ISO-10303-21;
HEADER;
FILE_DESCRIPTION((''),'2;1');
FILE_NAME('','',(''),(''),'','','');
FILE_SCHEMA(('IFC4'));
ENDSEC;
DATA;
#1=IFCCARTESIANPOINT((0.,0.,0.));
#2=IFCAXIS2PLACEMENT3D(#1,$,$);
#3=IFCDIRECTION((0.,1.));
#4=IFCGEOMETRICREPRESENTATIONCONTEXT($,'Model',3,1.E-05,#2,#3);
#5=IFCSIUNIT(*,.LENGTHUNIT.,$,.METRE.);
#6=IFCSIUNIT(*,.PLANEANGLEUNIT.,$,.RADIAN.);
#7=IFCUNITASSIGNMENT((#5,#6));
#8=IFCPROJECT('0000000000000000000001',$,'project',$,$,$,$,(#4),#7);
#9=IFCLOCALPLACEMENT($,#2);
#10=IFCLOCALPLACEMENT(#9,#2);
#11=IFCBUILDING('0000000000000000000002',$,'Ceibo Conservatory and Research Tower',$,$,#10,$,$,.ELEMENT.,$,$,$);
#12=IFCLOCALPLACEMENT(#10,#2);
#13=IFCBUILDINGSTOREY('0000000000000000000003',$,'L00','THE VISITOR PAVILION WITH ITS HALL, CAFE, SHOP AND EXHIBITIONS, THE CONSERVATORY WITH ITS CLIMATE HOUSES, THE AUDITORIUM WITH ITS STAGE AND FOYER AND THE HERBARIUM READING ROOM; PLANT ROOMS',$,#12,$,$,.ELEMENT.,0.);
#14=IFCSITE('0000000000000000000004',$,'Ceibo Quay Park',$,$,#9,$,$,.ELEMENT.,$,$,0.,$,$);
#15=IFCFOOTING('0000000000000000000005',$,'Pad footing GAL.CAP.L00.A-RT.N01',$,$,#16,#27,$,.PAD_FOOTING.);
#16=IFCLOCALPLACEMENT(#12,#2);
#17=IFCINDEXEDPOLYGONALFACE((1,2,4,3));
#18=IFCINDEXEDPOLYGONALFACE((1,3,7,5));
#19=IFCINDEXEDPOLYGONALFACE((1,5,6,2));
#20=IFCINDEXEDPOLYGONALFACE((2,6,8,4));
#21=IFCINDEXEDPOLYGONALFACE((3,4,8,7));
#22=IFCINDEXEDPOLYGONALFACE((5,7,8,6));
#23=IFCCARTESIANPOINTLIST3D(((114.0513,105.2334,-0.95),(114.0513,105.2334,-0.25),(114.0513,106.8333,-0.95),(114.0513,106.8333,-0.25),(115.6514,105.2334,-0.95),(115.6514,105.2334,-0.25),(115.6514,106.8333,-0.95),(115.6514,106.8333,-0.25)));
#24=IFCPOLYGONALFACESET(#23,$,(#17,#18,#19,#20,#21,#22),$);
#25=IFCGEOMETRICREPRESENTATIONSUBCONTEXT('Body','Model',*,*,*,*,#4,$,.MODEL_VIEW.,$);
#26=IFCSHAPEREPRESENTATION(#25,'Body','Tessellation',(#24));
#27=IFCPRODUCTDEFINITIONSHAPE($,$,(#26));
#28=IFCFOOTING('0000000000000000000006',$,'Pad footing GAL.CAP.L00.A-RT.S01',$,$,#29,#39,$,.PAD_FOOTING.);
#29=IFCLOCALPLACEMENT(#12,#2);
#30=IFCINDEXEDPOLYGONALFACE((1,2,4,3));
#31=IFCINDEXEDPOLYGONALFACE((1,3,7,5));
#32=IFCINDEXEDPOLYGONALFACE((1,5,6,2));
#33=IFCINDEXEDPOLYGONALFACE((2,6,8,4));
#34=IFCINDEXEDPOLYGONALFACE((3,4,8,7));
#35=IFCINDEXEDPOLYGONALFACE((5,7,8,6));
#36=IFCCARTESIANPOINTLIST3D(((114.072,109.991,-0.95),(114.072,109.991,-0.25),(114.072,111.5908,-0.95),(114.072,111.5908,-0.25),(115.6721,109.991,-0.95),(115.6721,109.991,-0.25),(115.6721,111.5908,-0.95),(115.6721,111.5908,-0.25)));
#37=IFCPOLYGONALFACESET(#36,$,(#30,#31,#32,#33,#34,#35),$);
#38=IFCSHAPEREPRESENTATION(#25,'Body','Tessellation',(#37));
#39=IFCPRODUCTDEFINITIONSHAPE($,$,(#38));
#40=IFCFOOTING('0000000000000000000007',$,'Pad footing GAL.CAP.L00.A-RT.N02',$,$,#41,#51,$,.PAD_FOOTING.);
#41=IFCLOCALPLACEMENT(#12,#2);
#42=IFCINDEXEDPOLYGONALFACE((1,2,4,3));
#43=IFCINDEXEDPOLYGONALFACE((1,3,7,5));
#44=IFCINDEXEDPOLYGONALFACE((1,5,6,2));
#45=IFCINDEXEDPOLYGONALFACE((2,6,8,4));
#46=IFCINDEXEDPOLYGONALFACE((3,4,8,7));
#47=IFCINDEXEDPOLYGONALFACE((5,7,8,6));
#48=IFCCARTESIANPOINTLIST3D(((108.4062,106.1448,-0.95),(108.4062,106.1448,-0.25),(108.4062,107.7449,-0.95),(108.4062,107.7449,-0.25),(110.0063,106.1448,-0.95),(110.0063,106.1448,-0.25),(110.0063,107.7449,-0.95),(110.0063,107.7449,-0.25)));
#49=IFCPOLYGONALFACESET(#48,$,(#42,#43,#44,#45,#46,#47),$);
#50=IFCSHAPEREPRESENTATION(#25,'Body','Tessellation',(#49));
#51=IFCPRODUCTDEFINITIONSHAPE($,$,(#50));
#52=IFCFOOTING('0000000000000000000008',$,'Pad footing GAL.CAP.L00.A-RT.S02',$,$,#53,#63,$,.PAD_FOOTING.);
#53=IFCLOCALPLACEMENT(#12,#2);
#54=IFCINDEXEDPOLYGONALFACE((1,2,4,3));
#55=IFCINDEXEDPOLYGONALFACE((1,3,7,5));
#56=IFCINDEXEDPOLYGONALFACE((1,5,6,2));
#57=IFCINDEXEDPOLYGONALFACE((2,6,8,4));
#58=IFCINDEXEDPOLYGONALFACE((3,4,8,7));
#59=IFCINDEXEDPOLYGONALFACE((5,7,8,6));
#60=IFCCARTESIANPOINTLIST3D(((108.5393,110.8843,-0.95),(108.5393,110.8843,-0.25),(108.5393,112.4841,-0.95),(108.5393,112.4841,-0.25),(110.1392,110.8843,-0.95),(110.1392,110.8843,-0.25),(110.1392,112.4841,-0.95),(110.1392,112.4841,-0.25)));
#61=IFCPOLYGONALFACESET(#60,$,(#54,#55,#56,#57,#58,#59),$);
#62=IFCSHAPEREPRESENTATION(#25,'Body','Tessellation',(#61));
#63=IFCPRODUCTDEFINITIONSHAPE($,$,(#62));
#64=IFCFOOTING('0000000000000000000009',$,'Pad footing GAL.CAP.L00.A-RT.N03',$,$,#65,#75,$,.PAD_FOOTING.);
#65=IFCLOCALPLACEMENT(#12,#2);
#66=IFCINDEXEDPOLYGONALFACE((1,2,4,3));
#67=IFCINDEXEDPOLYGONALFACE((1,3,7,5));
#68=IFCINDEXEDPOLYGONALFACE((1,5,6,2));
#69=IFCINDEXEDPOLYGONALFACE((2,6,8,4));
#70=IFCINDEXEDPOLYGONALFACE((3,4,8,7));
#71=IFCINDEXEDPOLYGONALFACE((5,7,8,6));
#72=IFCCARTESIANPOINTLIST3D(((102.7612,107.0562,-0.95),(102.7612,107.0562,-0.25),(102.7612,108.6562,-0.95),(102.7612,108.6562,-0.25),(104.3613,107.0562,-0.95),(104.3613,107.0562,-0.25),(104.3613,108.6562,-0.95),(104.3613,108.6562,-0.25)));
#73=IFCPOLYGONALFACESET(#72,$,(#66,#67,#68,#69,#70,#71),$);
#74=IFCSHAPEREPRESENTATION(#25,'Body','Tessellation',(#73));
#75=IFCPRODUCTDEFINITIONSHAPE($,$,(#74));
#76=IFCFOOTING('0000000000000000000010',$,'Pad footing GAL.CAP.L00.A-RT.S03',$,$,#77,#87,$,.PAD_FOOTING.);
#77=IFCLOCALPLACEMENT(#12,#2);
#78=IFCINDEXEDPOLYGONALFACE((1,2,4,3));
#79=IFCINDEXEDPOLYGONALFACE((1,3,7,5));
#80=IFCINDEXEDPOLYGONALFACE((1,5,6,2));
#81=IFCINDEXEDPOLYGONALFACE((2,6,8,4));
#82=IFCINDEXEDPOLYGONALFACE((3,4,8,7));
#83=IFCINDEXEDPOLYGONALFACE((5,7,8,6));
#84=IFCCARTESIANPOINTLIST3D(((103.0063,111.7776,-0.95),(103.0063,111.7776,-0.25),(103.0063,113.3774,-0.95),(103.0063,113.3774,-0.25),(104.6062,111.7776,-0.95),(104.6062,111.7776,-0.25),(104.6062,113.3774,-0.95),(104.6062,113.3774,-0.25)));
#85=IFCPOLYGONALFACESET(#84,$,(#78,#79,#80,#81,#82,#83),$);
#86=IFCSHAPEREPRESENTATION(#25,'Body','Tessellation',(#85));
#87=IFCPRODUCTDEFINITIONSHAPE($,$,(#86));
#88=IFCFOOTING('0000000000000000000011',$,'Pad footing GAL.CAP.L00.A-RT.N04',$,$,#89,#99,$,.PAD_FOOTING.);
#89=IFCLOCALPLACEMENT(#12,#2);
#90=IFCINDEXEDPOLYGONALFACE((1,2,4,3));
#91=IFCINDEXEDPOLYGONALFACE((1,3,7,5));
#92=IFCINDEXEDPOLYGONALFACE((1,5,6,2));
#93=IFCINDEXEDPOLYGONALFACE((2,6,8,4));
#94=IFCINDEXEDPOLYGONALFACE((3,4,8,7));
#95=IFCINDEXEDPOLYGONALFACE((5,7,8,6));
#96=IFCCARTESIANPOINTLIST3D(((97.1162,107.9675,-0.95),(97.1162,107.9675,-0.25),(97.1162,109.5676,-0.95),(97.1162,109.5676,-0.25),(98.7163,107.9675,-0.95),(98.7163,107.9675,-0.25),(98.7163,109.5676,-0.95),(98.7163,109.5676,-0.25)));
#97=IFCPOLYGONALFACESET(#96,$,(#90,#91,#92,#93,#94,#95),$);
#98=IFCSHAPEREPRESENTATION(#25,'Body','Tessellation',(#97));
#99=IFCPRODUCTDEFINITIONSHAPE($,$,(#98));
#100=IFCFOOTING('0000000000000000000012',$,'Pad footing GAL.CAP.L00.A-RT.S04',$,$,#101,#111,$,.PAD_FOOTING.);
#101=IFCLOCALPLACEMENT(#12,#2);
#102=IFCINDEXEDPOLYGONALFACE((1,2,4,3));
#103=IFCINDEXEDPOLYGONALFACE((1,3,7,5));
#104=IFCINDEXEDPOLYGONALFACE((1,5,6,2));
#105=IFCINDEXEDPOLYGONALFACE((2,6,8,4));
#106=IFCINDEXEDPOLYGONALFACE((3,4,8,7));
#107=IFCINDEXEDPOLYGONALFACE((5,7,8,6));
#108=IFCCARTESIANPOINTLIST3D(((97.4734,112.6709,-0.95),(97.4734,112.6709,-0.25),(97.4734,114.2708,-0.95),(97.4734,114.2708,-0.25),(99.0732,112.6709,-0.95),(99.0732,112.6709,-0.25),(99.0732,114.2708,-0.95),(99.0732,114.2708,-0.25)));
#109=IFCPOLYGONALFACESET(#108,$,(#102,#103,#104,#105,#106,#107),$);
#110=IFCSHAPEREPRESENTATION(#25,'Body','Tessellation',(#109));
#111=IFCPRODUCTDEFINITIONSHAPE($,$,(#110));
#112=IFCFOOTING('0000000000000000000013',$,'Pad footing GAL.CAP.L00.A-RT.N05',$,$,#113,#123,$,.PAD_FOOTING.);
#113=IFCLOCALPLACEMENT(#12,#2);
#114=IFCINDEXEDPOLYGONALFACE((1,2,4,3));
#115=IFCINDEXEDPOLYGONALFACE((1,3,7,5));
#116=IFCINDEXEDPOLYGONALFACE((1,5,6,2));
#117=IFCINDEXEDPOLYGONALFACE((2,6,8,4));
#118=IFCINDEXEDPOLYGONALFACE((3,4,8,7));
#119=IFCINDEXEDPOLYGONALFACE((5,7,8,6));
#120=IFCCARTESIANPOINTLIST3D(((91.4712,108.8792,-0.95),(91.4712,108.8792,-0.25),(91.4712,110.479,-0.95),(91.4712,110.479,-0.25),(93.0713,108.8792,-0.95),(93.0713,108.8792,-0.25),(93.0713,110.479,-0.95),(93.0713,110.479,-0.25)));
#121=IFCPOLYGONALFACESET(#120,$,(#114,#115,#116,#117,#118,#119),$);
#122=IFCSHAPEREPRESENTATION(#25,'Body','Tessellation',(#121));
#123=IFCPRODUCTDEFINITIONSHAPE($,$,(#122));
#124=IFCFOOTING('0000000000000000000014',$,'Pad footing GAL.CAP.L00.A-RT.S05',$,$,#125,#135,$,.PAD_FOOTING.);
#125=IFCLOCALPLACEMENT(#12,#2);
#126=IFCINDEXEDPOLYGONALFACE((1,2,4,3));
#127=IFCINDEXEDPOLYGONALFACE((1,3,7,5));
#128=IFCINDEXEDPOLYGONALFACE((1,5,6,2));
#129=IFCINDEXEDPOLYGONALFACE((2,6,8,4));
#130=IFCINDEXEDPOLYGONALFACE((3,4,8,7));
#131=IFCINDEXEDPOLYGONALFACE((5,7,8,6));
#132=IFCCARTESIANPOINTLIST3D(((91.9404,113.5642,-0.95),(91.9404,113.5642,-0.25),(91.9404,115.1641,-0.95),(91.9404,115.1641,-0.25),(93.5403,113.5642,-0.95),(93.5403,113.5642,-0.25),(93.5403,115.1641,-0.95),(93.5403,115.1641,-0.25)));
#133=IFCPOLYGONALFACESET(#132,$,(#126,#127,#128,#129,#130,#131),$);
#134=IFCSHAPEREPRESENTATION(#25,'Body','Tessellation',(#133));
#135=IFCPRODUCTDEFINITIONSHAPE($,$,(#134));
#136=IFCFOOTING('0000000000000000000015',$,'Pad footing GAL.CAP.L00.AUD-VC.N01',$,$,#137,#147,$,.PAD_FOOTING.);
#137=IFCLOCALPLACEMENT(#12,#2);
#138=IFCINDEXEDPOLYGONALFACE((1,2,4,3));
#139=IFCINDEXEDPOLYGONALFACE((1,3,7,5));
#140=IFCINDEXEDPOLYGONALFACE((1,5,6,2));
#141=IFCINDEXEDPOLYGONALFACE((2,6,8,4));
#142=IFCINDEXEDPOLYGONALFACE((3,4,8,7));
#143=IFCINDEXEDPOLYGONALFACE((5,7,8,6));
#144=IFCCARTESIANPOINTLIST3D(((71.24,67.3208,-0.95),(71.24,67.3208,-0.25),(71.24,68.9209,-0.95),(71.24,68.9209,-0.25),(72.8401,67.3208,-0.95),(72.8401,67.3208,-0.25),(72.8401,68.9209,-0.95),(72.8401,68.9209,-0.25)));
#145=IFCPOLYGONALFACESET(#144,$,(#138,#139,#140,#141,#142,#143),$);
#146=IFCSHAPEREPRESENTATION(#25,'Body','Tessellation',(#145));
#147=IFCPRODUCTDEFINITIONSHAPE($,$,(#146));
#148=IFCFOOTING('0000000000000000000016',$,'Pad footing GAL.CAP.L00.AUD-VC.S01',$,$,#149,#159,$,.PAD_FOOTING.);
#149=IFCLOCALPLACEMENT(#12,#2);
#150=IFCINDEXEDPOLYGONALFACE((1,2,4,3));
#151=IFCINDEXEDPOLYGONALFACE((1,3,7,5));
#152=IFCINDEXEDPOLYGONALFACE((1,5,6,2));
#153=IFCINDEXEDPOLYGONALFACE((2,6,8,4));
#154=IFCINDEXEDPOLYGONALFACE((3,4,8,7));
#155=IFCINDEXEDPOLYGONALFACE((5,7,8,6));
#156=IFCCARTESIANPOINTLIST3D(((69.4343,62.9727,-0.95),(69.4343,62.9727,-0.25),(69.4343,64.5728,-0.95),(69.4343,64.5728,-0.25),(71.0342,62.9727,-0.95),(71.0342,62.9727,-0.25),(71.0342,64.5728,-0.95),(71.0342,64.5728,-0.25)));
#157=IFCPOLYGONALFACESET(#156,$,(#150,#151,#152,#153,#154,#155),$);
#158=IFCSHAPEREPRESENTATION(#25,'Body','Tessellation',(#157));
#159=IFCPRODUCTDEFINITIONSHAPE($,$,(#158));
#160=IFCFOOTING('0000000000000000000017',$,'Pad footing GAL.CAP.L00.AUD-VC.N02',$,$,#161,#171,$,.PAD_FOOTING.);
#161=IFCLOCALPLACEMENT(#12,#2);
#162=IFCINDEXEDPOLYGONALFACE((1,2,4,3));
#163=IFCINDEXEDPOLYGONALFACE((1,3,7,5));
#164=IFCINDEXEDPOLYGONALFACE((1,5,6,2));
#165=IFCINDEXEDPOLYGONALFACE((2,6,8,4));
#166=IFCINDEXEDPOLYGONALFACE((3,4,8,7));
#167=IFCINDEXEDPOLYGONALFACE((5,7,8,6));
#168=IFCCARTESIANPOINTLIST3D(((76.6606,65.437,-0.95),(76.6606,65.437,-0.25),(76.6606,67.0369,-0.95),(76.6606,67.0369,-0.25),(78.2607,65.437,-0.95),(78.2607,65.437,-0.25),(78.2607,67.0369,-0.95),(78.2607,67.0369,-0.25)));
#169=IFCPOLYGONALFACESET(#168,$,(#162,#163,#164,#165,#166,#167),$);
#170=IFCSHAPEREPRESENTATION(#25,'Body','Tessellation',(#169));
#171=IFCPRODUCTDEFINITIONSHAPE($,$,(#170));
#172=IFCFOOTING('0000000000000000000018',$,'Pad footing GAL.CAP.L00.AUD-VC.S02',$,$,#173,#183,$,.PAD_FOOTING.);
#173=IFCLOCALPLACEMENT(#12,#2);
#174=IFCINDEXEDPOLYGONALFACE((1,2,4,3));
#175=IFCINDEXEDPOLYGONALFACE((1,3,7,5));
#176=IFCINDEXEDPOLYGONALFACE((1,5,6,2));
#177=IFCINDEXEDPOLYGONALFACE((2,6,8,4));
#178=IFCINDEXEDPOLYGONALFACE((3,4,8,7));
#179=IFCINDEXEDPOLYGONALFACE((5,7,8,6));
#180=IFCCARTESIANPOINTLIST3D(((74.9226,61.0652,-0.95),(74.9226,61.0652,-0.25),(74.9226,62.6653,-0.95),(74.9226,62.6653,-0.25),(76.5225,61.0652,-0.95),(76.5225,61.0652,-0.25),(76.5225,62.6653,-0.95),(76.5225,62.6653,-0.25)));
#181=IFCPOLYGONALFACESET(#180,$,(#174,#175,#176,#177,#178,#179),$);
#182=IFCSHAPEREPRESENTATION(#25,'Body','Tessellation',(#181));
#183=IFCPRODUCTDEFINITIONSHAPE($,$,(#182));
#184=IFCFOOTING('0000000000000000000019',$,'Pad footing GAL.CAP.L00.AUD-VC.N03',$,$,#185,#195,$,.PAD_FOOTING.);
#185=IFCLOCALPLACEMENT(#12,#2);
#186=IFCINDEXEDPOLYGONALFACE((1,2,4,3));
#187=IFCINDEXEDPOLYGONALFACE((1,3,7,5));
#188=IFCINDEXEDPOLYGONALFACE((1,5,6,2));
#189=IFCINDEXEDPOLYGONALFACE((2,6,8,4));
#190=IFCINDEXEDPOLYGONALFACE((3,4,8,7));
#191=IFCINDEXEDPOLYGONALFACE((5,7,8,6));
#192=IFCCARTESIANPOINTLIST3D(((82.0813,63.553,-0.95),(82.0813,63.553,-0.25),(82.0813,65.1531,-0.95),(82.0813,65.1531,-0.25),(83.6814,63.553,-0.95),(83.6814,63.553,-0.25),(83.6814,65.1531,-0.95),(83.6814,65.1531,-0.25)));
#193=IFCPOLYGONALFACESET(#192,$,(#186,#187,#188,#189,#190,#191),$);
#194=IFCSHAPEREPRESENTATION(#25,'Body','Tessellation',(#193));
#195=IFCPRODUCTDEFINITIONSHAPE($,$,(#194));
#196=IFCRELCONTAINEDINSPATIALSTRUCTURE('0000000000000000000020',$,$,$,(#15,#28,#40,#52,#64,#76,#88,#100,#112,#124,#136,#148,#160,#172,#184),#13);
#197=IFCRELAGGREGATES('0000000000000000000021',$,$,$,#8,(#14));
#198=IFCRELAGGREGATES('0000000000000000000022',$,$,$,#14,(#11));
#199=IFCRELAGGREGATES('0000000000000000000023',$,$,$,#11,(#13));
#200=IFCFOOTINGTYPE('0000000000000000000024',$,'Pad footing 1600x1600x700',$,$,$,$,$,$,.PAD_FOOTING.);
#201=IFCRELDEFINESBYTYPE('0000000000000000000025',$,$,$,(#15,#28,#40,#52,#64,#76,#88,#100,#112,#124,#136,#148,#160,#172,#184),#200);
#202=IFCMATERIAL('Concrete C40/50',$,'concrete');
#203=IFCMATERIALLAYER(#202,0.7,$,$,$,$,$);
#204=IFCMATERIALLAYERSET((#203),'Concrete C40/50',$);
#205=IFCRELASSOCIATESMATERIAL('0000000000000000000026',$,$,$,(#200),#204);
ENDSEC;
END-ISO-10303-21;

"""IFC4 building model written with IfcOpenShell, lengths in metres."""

from ifc_helpers import new_model, si_unit, direction, frame, origin, place, context, subcontext, project, spatial, polyline, outline, extrude, material, layer, layer_set, type_object, element, save


model = new_model("IFC4")

# Units and contexts
model_context = context("Model", 3, precision=1e-05, world=origin(), true_north=direction((0.0, 1.0)))
body_context = subcontext(model_context, "Body", "Model", "MODEL_VIEW")
ifc_project = project(units=[si_unit("LENGTHUNIT", "METRE"), si_unit("PLANEANGLEUNIT", "RADIAN")], contexts=[model_context])

# Site, building, storey
site_placement = place(None, origin())
site = spatial("IfcSite", under=ifc_project, at=site_placement, Name="Ceibo Quay Park", CompositionType="ELEMENT", RefElevation=0.0)
building_placement = place(site_placement, origin())
building = spatial("IfcBuilding", under=site, at=building_placement, Name="Ceibo Conservatory and Research Tower", CompositionType="ELEMENT")
storey_placement = place(building_placement, origin())
storey = spatial("IfcBuildingStorey", under=building, at=storey_placement, Name="L00", Description="THE VISITOR PAVILION WITH ITS HALL, CAFE, SHOP AND EXHIBITIONS, THE CONSERVATORY WITH ITS CLIMATE HOUSES, THE AUDITORIUM WITH ITS STAGE AND FOYER AND THE HERBARIUM READING ROOM; PLANT ROOMS", CompositionType="ELEMENT", Elevation=0.0)

# Footings
ifc_material = material(Name="Concrete C40/50", Category="concrete")
ifc_layer_1 = layer(ifc_material, 0.7)
ifc_layer_set_1 = layer_set([ifc_layer_1], Name="Concrete C40/50")
footing_type_1 = type_object("IfcFootingType", Name="Pad footing 1600x1600x700", PredefinedType="PAD_FOOTING", material=ifc_layer_set_1)
footing_1_placement = place(storey_placement, frame((0.0, 0.0, -0.95)))
element("IfcFooting", 1, at=footing_1_placement, inside=storey, type_object=footing_type_1, Name="Pad footing GAL.CAP.L00.A-RT.N01", PredefinedType="PAD_FOOTING", context=body_context, shape_type="SweptSolid", body=[
    extrude(outline(polyline([(114.0513, 105.2334), (115.6514, 105.2334), (115.6514, 106.8333), (114.0513, 106.8333), (114.0513, 105.2334)])), origin(), (0.0, 0.0, 1.0), 0.7),
])
footing_2_placement = place(storey_placement, frame((0.0, 0.0, -0.95)))
element("IfcFooting", 2, at=footing_2_placement, inside=storey, type_object=footing_type_1, Name="Pad footing GAL.CAP.L00.A-RT.S01", PredefinedType="PAD_FOOTING", context=body_context, shape_type="SweptSolid", body=[
    extrude(outline(polyline([(114.072, 109.991), (115.6721, 109.991), (115.6721, 111.5908), (114.072, 111.5908), (114.072, 109.991)])), origin(), (0.0, 0.0, 1.0), 0.7),
])
footing_3_placement = place(storey_placement, frame((0.0, 0.0, -0.95)))
element("IfcFooting", 3, at=footing_3_placement, inside=storey, type_object=footing_type_1, Name="Pad footing GAL.CAP.L00.A-RT.N02", PredefinedType="PAD_FOOTING", context=body_context, shape_type="SweptSolid", body=[
    extrude(outline(polyline([(108.4062, 106.1448), (110.0063, 106.1448), (110.0063, 107.7449), (108.4062, 107.7449), (108.4062, 106.1448)])), origin(), (0.0, 0.0, 1.0), 0.7),
])
footing_4_placement = place(storey_placement, frame((0.0, 0.0, -0.95)))
element("IfcFooting", 4, at=footing_4_placement, inside=storey, type_object=footing_type_1, Name="Pad footing GAL.CAP.L00.A-RT.S02", PredefinedType="PAD_FOOTING", context=body_context, shape_type="SweptSolid", body=[
    extrude(outline(polyline([(108.5393, 110.8843), (110.1392, 110.8843), (110.1392, 112.4841), (108.5393, 112.4841), (108.5393, 110.8843)])), origin(), (0.0, 0.0, 1.0), 0.7),
])
footing_5_placement = place(storey_placement, frame((0.0, 0.0, -0.95)))
element("IfcFooting", 5, at=footing_5_placement, inside=storey, type_object=footing_type_1, Name="Pad footing GAL.CAP.L00.A-RT.N03", PredefinedType="PAD_FOOTING", context=body_context, shape_type="SweptSolid", body=[
    extrude(outline(polyline([(102.7612, 107.0562), (104.3613, 107.0562), (104.3613, 108.6562), (102.7612, 108.6562), (102.7612, 107.0562)])), origin(), (0.0, 0.0, 1.0), 0.7),
])
footing_6_placement = place(storey_placement, frame((0.0, 0.0, -0.95)))
element("IfcFooting", 6, at=footing_6_placement, inside=storey, type_object=footing_type_1, Name="Pad footing GAL.CAP.L00.A-RT.S03", PredefinedType="PAD_FOOTING", context=body_context, shape_type="SweptSolid", body=[
    extrude(outline(polyline([(103.0063, 111.7776), (104.6062, 111.7776), (104.6062, 113.3774), (103.0063, 113.3774), (103.0063, 111.7776)])), origin(), (0.0, 0.0, 1.0), 0.7),
])
footing_7_placement = place(storey_placement, frame((0.0, 0.0, -0.95)))
element("IfcFooting", 7, at=footing_7_placement, inside=storey, type_object=footing_type_1, Name="Pad footing GAL.CAP.L00.A-RT.N04", PredefinedType="PAD_FOOTING", context=body_context, shape_type="SweptSolid", body=[
    extrude(outline(polyline([(97.1162, 107.9675), (98.7163, 107.9675), (98.7163, 109.5676), (97.1162, 109.5676), (97.1162, 107.9675)])), origin(), (0.0, 0.0, 1.0), 0.7),
])
footing_8_placement = place(storey_placement, frame((0.0, 0.0, -0.95)))
element("IfcFooting", 8, at=footing_8_placement, inside=storey, type_object=footing_type_1, Name="Pad footing GAL.CAP.L00.A-RT.S04", PredefinedType="PAD_FOOTING", context=body_context, shape_type="SweptSolid", body=[
    extrude(outline(polyline([(97.4734, 112.6709), (99.0732, 112.6709), (99.0732, 114.2708), (97.4734, 114.2708), (97.4734, 112.6709)])), origin(), (0.0, 0.0, 1.0), 0.7),
])
footing_9_placement = place(storey_placement, frame((0.0, 0.0, -0.95)))
element("IfcFooting", 9, at=footing_9_placement, inside=storey, type_object=footing_type_1, Name="Pad footing GAL.CAP.L00.A-RT.N05", PredefinedType="PAD_FOOTING", context=body_context, shape_type="SweptSolid", body=[
    extrude(outline(polyline([(91.4712, 108.8792), (93.0713, 108.8792), (93.0713, 110.479), (91.4712, 110.479), (91.4712, 108.8792)])), origin(), (0.0, 0.0, 1.0), 0.7),
])
footing_10_placement = place(storey_placement, frame((0.0, 0.0, -0.95)))
element("IfcFooting", 10, at=footing_10_placement, inside=storey, type_object=footing_type_1, Name="Pad footing GAL.CAP.L00.A-RT.S05", PredefinedType="PAD_FOOTING", context=body_context, shape_type="SweptSolid", body=[
    extrude(outline(polyline([(91.9404, 113.5642), (93.5403, 113.5642), (93.5403, 115.1641), (91.9404, 115.1641), (91.9404, 113.5642)])), origin(), (0.0, 0.0, 1.0), 0.7),
])
footing_11_placement = place(storey_placement, frame((0.0, 0.0, -0.95)))
element("IfcFooting", 11, at=footing_11_placement, inside=storey, type_object=footing_type_1, Name="Pad footing GAL.CAP.L00.AUD-VC.N01", PredefinedType="PAD_FOOTING", context=body_context, shape_type="SweptSolid", body=[
    extrude(outline(polyline([(71.24, 67.3208), (72.8401, 67.3208), (72.8401, 68.9209), (71.24, 68.9209), (71.24, 67.3208)])), origin(), (0.0, 0.0, 1.0), 0.7),
])
footing_12_placement = place(storey_placement, frame((0.0, 0.0, -0.95)))
element("IfcFooting", 12, at=footing_12_placement, inside=storey, type_object=footing_type_1, Name="Pad footing GAL.CAP.L00.AUD-VC.S01", PredefinedType="PAD_FOOTING", context=body_context, shape_type="SweptSolid", body=[
    extrude(outline(polyline([(69.4343, 62.9727), (71.0342, 62.9727), (71.0342, 64.5728), (69.4343, 64.5728), (69.4343, 62.9727)])), origin(), (0.0, 0.0, 1.0), 0.7),
])
footing_13_placement = place(storey_placement, frame((0.0, 0.0, -0.95)))
element("IfcFooting", 13, at=footing_13_placement, inside=storey, type_object=footing_type_1, Name="Pad footing GAL.CAP.L00.AUD-VC.N02", PredefinedType="PAD_FOOTING", context=body_context, shape_type="SweptSolid", body=[
    extrude(outline(polyline([(76.6606, 65.437), (78.2607, 65.437), (78.2607, 67.0369), (76.6606, 67.0369), (76.6606, 65.437)])), origin(), (0.0, 0.0, 1.0), 0.7),
])
footing_14_placement = place(storey_placement, frame((0.0, 0.0, -0.95)))
element("IfcFooting", 14, at=footing_14_placement, inside=storey, type_object=footing_type_1, Name="Pad footing GAL.CAP.L00.AUD-VC.S02", PredefinedType="PAD_FOOTING", context=body_context, shape_type="SweptSolid", body=[
    extrude(outline(polyline([(74.9226, 61.0652), (76.5225, 61.0652), (76.5225, 62.6653), (74.9226, 62.6653), (74.9226, 61.0652)])), origin(), (0.0, 0.0, 1.0), 0.7),
])
footing_15_placement = place(storey_placement, frame((0.0, 0.0, -0.95)))
element("IfcFooting", 15, at=footing_15_placement, inside=storey, type_object=footing_type_1, Name="Pad footing GAL.CAP.L00.AUD-VC.N03", PredefinedType="PAD_FOOTING", context=body_context, shape_type="SweptSolid", body=[
    extrude(outline(polyline([(82.0813, 63.553), (83.6814, 63.553), (83.6814, 65.1531), (82.0813, 65.1531), (82.0813, 63.553)])), origin(), (0.0, 0.0, 1.0), 0.7),
])

save(model, "model.ifc")
